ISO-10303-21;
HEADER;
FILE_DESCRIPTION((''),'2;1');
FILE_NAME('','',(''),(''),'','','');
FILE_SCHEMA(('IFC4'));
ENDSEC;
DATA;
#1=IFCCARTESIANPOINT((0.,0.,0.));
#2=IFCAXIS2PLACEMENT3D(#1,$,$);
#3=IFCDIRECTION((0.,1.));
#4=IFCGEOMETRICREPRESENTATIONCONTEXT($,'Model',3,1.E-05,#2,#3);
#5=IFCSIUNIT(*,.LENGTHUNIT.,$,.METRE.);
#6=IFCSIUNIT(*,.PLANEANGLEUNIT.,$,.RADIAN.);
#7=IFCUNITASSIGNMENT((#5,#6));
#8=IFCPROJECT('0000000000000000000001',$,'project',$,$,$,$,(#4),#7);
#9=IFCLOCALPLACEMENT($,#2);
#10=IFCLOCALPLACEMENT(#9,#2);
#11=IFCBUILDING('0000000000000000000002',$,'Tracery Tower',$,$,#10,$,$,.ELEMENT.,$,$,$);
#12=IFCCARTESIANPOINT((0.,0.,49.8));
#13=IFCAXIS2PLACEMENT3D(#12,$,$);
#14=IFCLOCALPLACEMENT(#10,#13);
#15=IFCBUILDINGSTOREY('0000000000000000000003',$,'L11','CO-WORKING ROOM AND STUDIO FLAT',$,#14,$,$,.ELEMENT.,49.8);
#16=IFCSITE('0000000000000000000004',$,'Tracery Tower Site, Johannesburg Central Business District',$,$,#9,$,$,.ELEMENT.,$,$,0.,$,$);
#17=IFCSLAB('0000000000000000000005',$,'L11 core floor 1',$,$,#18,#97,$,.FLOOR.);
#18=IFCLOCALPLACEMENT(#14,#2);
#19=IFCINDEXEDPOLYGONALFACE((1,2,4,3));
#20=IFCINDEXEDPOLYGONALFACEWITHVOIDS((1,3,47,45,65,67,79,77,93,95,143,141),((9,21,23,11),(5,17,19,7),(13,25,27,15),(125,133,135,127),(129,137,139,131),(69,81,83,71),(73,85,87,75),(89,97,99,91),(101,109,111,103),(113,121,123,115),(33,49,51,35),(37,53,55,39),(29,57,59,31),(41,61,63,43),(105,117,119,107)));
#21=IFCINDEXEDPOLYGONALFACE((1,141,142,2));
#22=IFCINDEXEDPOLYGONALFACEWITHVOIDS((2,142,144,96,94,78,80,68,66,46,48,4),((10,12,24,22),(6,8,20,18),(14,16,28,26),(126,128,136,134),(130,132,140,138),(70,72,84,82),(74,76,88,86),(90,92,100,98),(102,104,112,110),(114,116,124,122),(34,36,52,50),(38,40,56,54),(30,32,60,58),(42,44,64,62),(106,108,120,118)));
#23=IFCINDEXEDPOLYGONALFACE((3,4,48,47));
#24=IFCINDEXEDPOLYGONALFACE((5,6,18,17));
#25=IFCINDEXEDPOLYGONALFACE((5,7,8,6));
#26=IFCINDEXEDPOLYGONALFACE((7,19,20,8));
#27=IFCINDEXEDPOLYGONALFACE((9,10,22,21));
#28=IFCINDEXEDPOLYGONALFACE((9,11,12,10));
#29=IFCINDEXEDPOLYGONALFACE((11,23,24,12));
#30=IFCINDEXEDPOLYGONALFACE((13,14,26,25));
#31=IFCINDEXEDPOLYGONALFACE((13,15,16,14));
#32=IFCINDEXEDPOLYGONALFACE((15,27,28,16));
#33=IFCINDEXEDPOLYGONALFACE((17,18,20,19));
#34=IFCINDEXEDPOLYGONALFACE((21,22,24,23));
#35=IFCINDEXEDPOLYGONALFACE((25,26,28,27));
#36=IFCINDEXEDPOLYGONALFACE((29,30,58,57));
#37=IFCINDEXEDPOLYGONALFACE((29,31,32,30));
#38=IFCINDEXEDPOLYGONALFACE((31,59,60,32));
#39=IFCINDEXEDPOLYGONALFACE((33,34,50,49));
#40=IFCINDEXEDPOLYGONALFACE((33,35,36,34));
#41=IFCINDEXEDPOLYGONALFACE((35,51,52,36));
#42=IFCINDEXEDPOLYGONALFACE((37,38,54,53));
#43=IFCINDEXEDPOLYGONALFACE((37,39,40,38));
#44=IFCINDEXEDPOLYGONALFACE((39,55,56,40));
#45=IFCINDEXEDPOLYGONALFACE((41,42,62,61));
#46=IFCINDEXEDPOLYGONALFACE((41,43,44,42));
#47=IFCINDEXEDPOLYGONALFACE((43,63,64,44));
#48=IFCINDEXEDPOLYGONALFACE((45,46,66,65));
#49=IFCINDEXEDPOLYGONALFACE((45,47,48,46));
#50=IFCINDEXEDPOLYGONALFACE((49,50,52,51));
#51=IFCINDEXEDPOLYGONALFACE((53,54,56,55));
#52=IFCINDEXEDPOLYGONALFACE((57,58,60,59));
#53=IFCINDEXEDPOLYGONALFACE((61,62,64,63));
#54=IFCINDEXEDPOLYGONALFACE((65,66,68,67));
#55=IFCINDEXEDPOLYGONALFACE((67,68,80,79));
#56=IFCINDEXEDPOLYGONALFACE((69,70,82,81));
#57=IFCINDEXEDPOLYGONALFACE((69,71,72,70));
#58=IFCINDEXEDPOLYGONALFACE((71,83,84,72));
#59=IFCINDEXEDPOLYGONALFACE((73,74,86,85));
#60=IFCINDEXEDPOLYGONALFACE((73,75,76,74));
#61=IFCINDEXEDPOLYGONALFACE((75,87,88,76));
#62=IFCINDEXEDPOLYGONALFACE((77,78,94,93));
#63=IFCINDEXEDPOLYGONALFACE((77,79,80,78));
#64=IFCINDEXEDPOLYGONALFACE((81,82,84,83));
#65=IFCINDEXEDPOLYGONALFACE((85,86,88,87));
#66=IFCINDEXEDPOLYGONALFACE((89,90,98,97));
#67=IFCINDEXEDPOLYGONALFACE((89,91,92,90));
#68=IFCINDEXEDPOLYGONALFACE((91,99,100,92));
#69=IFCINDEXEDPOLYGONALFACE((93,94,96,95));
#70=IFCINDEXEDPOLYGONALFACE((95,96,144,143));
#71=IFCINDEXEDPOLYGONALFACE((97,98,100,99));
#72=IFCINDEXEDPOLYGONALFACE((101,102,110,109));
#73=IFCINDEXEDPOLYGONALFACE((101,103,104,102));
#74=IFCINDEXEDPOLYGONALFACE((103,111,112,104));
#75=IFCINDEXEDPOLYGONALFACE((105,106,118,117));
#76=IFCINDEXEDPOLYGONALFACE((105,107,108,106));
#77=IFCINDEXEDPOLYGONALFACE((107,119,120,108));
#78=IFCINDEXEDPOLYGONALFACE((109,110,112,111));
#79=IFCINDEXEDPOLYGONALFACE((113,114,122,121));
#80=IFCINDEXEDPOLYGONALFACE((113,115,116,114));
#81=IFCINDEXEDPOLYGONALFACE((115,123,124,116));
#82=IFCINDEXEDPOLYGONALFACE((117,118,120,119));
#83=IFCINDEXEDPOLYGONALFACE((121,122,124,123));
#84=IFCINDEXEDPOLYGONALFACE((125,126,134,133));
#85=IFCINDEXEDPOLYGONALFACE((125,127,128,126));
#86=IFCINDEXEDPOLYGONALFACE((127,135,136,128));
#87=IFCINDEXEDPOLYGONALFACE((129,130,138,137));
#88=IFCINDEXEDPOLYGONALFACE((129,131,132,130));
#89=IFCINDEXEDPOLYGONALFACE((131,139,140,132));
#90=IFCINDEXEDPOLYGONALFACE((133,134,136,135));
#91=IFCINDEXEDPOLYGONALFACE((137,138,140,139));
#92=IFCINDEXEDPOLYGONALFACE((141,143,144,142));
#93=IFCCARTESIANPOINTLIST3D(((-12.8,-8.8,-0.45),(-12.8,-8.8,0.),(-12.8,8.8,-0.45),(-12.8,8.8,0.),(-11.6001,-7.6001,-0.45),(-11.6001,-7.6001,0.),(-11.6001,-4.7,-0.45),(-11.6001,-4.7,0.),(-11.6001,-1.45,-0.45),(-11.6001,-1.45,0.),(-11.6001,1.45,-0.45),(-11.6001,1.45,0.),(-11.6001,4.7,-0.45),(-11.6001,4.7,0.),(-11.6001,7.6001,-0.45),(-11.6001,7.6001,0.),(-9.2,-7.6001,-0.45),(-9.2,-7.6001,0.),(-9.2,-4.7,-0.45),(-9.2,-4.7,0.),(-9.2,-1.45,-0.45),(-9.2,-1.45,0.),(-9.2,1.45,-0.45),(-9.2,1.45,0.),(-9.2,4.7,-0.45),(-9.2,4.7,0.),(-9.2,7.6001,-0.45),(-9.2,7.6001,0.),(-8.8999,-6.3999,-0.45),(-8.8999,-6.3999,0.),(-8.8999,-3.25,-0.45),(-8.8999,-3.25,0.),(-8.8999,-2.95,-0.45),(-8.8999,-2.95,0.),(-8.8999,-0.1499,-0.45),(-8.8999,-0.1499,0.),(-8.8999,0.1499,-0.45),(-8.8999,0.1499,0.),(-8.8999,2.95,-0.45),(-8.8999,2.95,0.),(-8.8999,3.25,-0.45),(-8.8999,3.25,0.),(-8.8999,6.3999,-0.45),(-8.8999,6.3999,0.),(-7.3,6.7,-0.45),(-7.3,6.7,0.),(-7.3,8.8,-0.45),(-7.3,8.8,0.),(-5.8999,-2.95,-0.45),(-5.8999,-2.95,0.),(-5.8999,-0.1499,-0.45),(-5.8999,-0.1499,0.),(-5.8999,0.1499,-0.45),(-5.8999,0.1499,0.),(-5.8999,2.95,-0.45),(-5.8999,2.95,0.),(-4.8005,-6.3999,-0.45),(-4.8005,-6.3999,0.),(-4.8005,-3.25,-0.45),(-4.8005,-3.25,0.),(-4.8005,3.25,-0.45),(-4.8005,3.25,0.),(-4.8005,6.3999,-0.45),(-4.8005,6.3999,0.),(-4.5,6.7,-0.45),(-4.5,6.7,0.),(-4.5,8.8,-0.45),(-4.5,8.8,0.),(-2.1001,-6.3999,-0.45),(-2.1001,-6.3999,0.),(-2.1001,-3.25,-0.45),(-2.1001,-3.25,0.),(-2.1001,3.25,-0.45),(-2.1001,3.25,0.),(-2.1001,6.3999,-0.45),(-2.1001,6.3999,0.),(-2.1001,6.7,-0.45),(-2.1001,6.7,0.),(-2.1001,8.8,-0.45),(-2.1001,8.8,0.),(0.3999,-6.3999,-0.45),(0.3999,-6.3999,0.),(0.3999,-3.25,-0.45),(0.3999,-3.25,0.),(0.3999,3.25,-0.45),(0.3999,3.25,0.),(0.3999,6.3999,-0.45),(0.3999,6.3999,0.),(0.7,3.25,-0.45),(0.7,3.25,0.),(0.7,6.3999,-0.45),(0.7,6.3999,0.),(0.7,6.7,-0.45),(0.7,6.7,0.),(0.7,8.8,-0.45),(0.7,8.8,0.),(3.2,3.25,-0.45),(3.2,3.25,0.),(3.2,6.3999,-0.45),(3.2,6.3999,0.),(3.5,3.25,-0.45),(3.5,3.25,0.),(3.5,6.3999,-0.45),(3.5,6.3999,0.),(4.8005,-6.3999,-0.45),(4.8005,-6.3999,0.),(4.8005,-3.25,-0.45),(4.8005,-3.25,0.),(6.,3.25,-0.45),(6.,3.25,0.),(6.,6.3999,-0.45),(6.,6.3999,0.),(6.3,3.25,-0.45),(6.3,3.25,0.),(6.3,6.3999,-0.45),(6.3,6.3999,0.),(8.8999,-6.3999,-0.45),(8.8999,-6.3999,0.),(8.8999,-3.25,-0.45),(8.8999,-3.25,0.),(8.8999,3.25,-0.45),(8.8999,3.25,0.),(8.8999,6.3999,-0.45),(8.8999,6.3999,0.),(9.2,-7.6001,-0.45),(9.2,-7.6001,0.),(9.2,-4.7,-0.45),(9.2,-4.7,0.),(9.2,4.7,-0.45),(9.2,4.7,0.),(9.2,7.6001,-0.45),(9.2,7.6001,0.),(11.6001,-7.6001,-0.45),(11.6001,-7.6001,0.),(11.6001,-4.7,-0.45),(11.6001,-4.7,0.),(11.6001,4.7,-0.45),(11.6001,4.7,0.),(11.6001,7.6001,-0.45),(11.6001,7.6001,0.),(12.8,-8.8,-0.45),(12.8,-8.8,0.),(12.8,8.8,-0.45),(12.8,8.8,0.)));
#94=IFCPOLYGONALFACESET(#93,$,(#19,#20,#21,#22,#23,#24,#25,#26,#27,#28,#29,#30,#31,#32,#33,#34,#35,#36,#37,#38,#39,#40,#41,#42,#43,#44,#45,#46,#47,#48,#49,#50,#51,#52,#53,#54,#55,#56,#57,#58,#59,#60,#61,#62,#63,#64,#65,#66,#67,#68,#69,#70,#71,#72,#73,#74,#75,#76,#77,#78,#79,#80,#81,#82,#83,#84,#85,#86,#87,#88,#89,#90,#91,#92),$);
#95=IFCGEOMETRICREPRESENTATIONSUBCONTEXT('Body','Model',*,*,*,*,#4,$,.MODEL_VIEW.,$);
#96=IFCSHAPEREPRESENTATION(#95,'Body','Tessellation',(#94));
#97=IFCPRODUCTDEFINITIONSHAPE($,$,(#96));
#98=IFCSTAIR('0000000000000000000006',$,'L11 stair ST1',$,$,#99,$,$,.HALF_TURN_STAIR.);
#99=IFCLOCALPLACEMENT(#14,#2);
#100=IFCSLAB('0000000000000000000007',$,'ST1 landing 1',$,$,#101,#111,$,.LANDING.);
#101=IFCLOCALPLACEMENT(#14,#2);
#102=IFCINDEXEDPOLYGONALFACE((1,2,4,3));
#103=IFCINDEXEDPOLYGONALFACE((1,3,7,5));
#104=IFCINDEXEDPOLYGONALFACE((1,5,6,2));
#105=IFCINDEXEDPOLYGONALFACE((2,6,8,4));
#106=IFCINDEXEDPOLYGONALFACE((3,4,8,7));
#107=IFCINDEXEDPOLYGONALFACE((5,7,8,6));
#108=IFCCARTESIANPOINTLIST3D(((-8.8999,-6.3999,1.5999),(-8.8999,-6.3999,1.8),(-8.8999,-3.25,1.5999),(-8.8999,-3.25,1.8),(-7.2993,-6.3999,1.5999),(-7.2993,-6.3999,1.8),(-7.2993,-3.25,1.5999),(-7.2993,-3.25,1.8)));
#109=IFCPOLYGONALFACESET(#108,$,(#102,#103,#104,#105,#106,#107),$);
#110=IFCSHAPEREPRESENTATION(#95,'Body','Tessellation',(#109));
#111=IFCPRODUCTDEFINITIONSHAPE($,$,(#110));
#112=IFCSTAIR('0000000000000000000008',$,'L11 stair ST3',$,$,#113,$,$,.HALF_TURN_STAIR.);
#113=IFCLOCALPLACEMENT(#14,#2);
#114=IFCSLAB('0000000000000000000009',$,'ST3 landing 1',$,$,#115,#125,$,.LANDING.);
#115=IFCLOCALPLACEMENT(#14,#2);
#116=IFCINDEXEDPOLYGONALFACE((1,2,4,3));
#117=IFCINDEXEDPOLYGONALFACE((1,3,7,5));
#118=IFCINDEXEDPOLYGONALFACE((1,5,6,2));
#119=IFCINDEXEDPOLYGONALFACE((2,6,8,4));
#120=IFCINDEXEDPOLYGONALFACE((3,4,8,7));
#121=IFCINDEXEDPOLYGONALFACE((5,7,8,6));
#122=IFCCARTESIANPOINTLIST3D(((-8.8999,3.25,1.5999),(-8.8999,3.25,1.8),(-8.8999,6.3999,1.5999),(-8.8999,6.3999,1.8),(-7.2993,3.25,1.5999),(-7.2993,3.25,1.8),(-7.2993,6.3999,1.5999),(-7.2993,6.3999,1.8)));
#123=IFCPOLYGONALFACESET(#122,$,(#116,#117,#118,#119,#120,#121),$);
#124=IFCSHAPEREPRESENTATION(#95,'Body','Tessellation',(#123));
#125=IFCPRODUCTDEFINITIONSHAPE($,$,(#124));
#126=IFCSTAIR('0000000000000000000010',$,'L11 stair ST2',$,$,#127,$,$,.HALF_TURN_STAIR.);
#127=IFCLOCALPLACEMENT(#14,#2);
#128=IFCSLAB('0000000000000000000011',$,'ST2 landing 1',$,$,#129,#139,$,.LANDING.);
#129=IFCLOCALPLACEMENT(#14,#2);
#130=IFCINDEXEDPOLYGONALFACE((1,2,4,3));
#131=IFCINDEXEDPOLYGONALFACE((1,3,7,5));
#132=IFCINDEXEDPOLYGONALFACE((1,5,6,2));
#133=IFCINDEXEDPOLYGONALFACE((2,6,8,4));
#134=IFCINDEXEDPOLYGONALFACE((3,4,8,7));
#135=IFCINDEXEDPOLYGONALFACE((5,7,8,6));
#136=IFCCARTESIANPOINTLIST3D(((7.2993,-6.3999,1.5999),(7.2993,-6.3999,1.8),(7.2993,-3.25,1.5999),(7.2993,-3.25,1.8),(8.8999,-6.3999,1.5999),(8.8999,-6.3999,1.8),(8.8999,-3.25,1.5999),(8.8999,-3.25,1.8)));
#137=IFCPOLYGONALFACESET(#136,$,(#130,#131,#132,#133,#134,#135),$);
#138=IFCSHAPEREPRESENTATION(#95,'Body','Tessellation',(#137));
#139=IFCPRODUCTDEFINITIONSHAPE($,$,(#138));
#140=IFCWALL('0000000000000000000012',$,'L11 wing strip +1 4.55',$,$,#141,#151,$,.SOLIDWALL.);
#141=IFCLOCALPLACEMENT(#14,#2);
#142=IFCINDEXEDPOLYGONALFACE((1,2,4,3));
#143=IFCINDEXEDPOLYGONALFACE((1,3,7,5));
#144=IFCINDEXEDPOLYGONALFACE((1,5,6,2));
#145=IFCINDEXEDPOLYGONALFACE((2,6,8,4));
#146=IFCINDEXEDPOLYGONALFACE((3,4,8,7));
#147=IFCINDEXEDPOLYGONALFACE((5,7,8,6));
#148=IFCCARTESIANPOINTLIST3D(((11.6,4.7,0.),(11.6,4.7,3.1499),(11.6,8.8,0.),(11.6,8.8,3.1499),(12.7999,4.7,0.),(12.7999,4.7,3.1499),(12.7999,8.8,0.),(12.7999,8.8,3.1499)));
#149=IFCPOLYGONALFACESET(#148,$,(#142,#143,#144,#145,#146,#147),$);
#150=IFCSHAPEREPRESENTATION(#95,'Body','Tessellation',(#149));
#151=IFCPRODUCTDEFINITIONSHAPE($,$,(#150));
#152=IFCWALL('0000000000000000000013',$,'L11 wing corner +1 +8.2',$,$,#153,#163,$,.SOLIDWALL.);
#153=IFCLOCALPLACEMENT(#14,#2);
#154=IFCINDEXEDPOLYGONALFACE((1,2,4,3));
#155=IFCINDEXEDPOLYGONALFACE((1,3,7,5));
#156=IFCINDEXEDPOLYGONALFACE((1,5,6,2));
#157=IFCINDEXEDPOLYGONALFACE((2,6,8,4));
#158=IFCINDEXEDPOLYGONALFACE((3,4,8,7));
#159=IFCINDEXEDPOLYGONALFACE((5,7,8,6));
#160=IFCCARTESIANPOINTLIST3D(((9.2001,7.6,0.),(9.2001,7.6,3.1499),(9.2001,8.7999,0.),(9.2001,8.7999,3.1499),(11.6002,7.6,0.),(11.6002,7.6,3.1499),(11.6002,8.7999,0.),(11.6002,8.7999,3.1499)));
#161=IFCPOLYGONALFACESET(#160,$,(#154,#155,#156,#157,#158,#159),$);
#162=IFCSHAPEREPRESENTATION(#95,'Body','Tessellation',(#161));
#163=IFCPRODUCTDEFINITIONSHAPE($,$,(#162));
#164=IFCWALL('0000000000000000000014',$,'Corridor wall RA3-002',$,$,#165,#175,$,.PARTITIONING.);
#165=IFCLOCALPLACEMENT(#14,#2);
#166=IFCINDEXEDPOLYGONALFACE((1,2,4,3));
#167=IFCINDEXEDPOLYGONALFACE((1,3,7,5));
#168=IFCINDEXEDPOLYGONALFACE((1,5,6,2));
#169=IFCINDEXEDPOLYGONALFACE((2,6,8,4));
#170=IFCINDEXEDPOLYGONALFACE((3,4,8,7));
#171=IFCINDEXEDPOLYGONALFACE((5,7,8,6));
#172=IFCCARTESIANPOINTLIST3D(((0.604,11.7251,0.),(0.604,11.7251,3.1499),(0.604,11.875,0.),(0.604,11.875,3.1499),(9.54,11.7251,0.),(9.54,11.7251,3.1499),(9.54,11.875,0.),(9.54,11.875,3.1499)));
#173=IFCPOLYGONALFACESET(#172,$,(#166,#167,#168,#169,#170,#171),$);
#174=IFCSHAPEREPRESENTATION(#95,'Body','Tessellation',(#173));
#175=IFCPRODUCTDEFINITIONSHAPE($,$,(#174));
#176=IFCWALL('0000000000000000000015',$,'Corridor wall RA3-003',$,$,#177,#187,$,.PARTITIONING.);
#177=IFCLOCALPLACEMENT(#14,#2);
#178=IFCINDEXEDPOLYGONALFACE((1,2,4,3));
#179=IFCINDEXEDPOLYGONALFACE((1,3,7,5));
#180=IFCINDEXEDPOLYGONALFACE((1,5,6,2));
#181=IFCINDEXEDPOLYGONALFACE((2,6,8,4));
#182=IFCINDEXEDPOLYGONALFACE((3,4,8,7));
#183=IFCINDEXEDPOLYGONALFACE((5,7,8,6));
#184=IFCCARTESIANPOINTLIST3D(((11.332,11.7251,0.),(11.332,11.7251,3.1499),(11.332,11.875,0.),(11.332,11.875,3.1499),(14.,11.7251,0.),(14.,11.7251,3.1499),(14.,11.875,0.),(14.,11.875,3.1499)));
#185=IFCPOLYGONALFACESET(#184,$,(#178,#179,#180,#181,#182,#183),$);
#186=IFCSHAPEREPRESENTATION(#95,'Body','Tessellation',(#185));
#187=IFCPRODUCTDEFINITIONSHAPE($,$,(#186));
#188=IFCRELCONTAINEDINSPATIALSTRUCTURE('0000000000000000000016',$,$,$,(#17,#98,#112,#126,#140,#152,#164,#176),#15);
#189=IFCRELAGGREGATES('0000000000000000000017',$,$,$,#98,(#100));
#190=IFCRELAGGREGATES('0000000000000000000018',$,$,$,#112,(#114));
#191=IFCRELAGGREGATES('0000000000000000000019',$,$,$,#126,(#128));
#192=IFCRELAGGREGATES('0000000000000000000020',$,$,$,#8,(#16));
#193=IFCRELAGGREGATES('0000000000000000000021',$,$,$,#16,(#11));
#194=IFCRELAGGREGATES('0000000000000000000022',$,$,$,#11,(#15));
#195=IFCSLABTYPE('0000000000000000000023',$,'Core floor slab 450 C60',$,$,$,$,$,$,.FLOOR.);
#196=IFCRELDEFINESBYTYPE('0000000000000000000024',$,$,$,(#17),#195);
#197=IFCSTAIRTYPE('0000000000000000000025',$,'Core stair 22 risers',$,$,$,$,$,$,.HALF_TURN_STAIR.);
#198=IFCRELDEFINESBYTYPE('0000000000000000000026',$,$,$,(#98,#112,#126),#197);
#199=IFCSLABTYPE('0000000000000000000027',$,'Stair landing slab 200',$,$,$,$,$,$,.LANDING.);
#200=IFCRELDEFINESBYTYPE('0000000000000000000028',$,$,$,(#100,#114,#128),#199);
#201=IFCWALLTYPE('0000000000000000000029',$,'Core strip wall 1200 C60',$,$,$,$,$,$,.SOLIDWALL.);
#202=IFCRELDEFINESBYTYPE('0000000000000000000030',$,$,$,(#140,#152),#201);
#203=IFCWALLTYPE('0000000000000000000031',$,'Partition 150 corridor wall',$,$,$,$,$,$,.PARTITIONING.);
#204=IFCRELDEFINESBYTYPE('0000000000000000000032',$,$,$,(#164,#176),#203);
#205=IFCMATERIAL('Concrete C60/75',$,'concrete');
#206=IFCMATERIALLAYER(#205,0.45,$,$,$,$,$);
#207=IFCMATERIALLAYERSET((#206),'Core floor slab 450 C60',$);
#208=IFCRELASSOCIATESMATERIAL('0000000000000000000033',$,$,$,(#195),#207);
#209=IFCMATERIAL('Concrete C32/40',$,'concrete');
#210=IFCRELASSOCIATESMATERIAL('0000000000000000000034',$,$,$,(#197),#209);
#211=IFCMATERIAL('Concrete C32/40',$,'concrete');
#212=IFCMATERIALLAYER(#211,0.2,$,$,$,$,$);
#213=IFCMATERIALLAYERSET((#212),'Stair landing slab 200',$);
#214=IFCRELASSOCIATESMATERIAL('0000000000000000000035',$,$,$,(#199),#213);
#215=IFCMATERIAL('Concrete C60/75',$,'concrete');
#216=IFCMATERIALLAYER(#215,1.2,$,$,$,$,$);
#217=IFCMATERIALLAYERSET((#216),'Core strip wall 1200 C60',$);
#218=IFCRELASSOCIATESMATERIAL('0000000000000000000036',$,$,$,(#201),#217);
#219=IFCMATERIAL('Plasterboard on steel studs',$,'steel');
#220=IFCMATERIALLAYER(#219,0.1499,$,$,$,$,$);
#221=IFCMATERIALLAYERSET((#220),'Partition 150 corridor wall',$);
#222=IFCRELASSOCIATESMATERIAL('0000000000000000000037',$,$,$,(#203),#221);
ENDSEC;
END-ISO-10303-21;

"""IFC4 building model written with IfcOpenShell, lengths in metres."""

from ifc_helpers import new_model, si_unit, direction, frame, frame_2d, origin, place, context, subcontext, project, spatial, polyline, rectangle, outline, extrude, material, layer, layer_set, type_object, element, aggregate, save


model = new_model("IFC4")

# Units and contexts
model_context = context("Model", 3, precision=1e-05, world=origin(), true_north=direction((0.0, 1.0)))
body_context = subcontext(model_context, "Body", "Model", "MODEL_VIEW")
ifc_project = project(units=[si_unit("LENGTHUNIT", "METRE"), si_unit("PLANEANGLEUNIT", "RADIAN")], contexts=[model_context])

# Site, building, storey
site_placement = place(None, origin())
site = spatial("IfcSite", under=ifc_project, at=site_placement, Name="Tracery Tower Site, Johannesburg Central Business District", CompositionType="ELEMENT", RefElevation=0.0)
building_placement = place(site_placement, origin())
building = spatial("IfcBuilding", under=site, at=building_placement, Name="Tracery Tower", CompositionType="ELEMENT")
storey_placement = place(building_placement, frame((0.0, 0.0, 49.8)))
storey = spatial("IfcBuildingStorey", under=building, at=storey_placement, Name="L11", Description="CO-WORKING ROOM AND STUDIO FLAT", CompositionType="ELEMENT", Elevation=49.8)

# Slab
ifc_material_1 = material(Name="Concrete C60/75", Category="concrete")
ifc_layer_1 = layer(ifc_material_1, 0.45)
ifc_layer_set_1 = layer_set([ifc_layer_1], Name="Core floor slab 450 C60")
slab_type_1 = type_object("IfcSlabType", Name="Core floor slab 450 C60", PredefinedType="FLOOR", material=ifc_layer_set_1)
slab_1_placement = place(storey_placement, frame((0.0, 0.0, -0.45)))
element("IfcSlab", 1, at=slab_1_placement, inside=storey, type_object=slab_type_1, Name="L11 core floor 1", PredefinedType="FLOOR", context=body_context, shape_type="SweptSolid", body=[
    extrude(outline(polyline([(-12.8, 8.8), (-7.3, 8.8), (-7.3, 6.7), (-4.5, 6.7), (-4.5, 8.8), (-2.1001, 8.8), (-2.1001, 6.7), (0.7, 6.7), (0.7, 8.8), (12.8, 8.8), (12.8, -8.8), (-12.8, -8.8), (-12.8, 8.8)]), holes=[polyline([(11.6001, -7.6001), (11.6001, -4.7), (9.2, -4.7), (9.2, -7.6001), (11.6001, -7.6001)]), polyline([(11.6001, 4.7), (11.6001, 7.6001), (9.2, 7.6001), (9.2, 4.7), (11.6001, 4.7)]), polyline([(4.8005, -3.25), (4.8005, -6.3999), (8.8999, -6.3999), (8.8999, -3.25), (4.8005, -3.25)]), polyline([(6.3, 3.25), (8.8999, 3.25), (8.8999, 6.3999), (6.3, 6.3999), (6.3, 3.25)]), polyline([(3.5, 3.25), (6.0, 3.25), (6.0, 6.3999), (3.5, 6.3999), (3.5, 3.25)]), polyline([(3.2, 3.25), (3.2, 6.3999), (0.7, 6.3999), (0.7, 3.25), (3.2, 3.25)]), polyline([(-2.1001, 3.25), (0.3999, 3.25), (0.3999, 6.3999), (-2.1001, 6.3999), (-2.1001, 3.25)]), polyline([(0.3999, -6.3999), (0.3999, -3.25), (-2.1001, -3.25), (-2.1001, -6.3999), (0.3999, -6.3999)]), polyline([(-4.8005, -3.25), (-8.8999, -3.25), (-8.8999, -6.3999), (-4.8005, -6.3999), (-4.8005, -3.25)]), polyline([(-4.8005, 6.3999), (-8.8999, 6.3999), (-8.8999, 3.25), (-4.8005, 3.25), (-4.8005, 6.3999)]), polyline([(-8.8999, -2.95), (-5.8999, -2.95), (-5.8999, -0.1499), (-8.8999, -0.1499), (-8.8999, -2.95)]), polyline([(-5.8999, 0.1499), (-5.8999, 2.95), (-8.8999, 2.95), (-8.8999, 0.1499), (-5.8999, 0.1499)]), polyline([(-11.6001, 4.7), (-9.2, 4.7), (-9.2, 7.6001), (-11.6001, 7.6001), (-11.6001, 4.7)]), polyline([(-9.2, -7.6001), (-9.2, -4.7), (-11.6001, -4.7), (-11.6001, -7.6001), (-9.2, -7.6001)]), polyline([(-9.2, -1.45), (-9.2, 1.45), (-11.6001, 1.45), (-11.6001, -1.45), (-9.2, -1.45)])]), origin(), (0.0, 0.0, 1.0), 0.45),
])

# Stairs, slabs
ifc_material_2 = material(Name="Concrete C32/40", Category="concrete")
stair_type = type_object("IfcStairType", Name="Core stair 22 risers", PredefinedType="HALF_TURN_STAIR", material=ifc_material_2)
stair_1_placement = place(storey_placement, origin())
stair_1 = element("IfcStair", 2, at=stair_1_placement, inside=storey, type_object=stair_type, Name="L11 stair ST1", PredefinedType="HALF_TURN_STAIR")
ifc_material_3 = material(Name="Concrete C32/40", Category="concrete")
ifc_layer_2 = layer(ifc_material_3, 0.2)
ifc_layer_set_2 = layer_set([ifc_layer_2], Name="Stair landing slab 200")
slab_type_2 = type_object("IfcSlabType", Name="Stair landing slab 200", PredefinedType="LANDING", material=ifc_layer_set_2)
slab_2_placement = place(storey_placement, frame((0.0, 0.0, 1.5999)))
slab_2 = element("IfcSlab", 3, at=slab_2_placement, type_object=slab_type_2, Name="ST1 landing 1", PredefinedType="LANDING", context=body_context, shape_type="SweptSolid", body=[
    extrude(outline(polyline([(-7.2993, -3.25), (-8.8999, -3.25), (-8.8999, -6.3999), (-7.2993, -6.3999), (-7.2993, -3.25)])), origin(), (0.0, 0.0, 1.0), 0.2002),
])
aggregate(stair_1, [slab_2])
stair_2_placement = place(storey_placement, origin())
stair_2 = element("IfcStair", 4, at=stair_2_placement, inside=storey, type_object=stair_type, Name="L11 stair ST3", PredefinedType="HALF_TURN_STAIR")
slab_3_placement = place(storey_placement, frame((0.0, 0.0, 1.5999)))
slab_3 = element("IfcSlab", 5, at=slab_3_placement, type_object=slab_type_2, Name="ST3 landing 1", PredefinedType="LANDING", context=body_context, shape_type="SweptSolid", body=[
    extrude(outline(polyline([(-7.2993, 6.3999), (-8.8999, 6.3999), (-8.8999, 3.25), (-7.2993, 3.25), (-7.2993, 6.3999)])), origin(), (0.0, 0.0, 1.0), 0.2002),
])
aggregate(stair_2, [slab_3])
stair_3_placement = place(storey_placement, origin())
stair_3 = element("IfcStair", 6, at=stair_3_placement, inside=storey, type_object=stair_type, Name="L11 stair ST2", PredefinedType="HALF_TURN_STAIR")
slab_4_placement = place(storey_placement, frame((0.0, 0.0, 1.5999)))
slab_4 = element("IfcSlab", 7, at=slab_4_placement, type_object=slab_type_2, Name="ST2 landing 1", PredefinedType="LANDING", context=body_context, shape_type="SweptSolid", body=[
    extrude(outline(polyline([(7.2993, -6.3999), (8.8999, -6.3999), (8.8999, -3.25), (7.2993, -3.25), (7.2993, -6.3999)])), origin(), (0.0, 0.0, 1.0), 0.2002),
])
aggregate(stair_3, [slab_4])

# Walls
ifc_material_4 = material(Name="Concrete C60/75", Category="concrete")
ifc_layer_3 = layer(ifc_material_4, 1.2)
ifc_layer_set_3 = layer_set([ifc_layer_3], Name="Core strip wall 1200 C60")
wall_type_1 = type_object("IfcWallType", Name="Core strip wall 1200 C60", PredefinedType="SOLIDWALL", material=ifc_layer_set_3)
wall_1_placement = place(storey_placement, frame((12.2, 4.7, 0.0), z_axis=(0.0, 0.0, 1.0), x_axis=(0.0, 1.0, 0.0)))
element("IfcWall", 8, at=wall_1_placement, inside=storey, type_object=wall_type_1, Name="L11 wing strip +1 4.55", PredefinedType="SOLIDWALL", context=body_context, shape_type="SweptSolid", body=[
    extrude(rectangle(XDim=4.1001, YDim=1.2, at=frame_2d((2.05, 0.0))), origin(), (0.0, 0.0, 1.0), 3.1499),
])
wall_2_placement = place(storey_placement, frame((9.2, 8.2, 0.0), z_axis=(0.0, 0.0, 1.0), x_axis=(1.0, 0.0, 0.0)))
element("IfcWall", 9, at=wall_2_placement, inside=storey, type_object=wall_type_1, Name="L11 wing corner +1 +8.2", PredefinedType="SOLIDWALL", context=body_context, shape_type="SweptSolid", body=[
    extrude(rectangle(XDim=2.4001, YDim=1.2, at=frame_2d((1.2002, 0.0))), origin(), (0.0, 0.0, 1.0), 3.1499),
])
ifc_material_5 = material(Name="Plasterboard on steel studs", Category="steel")
ifc_layer_4 = layer(ifc_material_5, 0.1499)
ifc_layer_set_4 = layer_set([ifc_layer_4], Name="Partition 150 corridor wall")
wall_type_2 = type_object("IfcWallType", Name="Partition 150 corridor wall", PredefinedType="PARTITIONING", material=ifc_layer_set_4)
wall_3_placement = place(storey_placement, frame((0.604, 11.8, 0.0), z_axis=(0.0, 0.0, 1.0), x_axis=(1.0, 0.0, 0.0)))
element("IfcWall", 10, at=wall_3_placement, inside=storey, type_object=wall_type_2, Name="Corridor wall RA3-002", PredefinedType="PARTITIONING", context=body_context, shape_type="SweptSolid", body=[
    extrude(rectangle(XDim=8.936, YDim=0.1499, at=frame_2d((4.468, 0.0))), origin(), (0.0, 0.0, 1.0), 3.1499),
])
wall_4_placement = place(storey_placement, frame((11.332, 11.8, 0.0), z_axis=(0.0, 0.0, 1.0), x_axis=(1.0, 0.0, 0.0)))
element("IfcWall", 11, at=wall_4_placement, inside=storey, type_object=wall_type_2, Name="Corridor wall RA3-003", PredefinedType="PARTITIONING", context=body_context, shape_type="SweptSolid", body=[
    extrude(rectangle(XDim=2.668, YDim=0.1499, at=frame_2d((1.334, 0.0))), origin(), (0.0, 0.0, 1.0), 3.1499),
])

save(model, "model.ifc")
